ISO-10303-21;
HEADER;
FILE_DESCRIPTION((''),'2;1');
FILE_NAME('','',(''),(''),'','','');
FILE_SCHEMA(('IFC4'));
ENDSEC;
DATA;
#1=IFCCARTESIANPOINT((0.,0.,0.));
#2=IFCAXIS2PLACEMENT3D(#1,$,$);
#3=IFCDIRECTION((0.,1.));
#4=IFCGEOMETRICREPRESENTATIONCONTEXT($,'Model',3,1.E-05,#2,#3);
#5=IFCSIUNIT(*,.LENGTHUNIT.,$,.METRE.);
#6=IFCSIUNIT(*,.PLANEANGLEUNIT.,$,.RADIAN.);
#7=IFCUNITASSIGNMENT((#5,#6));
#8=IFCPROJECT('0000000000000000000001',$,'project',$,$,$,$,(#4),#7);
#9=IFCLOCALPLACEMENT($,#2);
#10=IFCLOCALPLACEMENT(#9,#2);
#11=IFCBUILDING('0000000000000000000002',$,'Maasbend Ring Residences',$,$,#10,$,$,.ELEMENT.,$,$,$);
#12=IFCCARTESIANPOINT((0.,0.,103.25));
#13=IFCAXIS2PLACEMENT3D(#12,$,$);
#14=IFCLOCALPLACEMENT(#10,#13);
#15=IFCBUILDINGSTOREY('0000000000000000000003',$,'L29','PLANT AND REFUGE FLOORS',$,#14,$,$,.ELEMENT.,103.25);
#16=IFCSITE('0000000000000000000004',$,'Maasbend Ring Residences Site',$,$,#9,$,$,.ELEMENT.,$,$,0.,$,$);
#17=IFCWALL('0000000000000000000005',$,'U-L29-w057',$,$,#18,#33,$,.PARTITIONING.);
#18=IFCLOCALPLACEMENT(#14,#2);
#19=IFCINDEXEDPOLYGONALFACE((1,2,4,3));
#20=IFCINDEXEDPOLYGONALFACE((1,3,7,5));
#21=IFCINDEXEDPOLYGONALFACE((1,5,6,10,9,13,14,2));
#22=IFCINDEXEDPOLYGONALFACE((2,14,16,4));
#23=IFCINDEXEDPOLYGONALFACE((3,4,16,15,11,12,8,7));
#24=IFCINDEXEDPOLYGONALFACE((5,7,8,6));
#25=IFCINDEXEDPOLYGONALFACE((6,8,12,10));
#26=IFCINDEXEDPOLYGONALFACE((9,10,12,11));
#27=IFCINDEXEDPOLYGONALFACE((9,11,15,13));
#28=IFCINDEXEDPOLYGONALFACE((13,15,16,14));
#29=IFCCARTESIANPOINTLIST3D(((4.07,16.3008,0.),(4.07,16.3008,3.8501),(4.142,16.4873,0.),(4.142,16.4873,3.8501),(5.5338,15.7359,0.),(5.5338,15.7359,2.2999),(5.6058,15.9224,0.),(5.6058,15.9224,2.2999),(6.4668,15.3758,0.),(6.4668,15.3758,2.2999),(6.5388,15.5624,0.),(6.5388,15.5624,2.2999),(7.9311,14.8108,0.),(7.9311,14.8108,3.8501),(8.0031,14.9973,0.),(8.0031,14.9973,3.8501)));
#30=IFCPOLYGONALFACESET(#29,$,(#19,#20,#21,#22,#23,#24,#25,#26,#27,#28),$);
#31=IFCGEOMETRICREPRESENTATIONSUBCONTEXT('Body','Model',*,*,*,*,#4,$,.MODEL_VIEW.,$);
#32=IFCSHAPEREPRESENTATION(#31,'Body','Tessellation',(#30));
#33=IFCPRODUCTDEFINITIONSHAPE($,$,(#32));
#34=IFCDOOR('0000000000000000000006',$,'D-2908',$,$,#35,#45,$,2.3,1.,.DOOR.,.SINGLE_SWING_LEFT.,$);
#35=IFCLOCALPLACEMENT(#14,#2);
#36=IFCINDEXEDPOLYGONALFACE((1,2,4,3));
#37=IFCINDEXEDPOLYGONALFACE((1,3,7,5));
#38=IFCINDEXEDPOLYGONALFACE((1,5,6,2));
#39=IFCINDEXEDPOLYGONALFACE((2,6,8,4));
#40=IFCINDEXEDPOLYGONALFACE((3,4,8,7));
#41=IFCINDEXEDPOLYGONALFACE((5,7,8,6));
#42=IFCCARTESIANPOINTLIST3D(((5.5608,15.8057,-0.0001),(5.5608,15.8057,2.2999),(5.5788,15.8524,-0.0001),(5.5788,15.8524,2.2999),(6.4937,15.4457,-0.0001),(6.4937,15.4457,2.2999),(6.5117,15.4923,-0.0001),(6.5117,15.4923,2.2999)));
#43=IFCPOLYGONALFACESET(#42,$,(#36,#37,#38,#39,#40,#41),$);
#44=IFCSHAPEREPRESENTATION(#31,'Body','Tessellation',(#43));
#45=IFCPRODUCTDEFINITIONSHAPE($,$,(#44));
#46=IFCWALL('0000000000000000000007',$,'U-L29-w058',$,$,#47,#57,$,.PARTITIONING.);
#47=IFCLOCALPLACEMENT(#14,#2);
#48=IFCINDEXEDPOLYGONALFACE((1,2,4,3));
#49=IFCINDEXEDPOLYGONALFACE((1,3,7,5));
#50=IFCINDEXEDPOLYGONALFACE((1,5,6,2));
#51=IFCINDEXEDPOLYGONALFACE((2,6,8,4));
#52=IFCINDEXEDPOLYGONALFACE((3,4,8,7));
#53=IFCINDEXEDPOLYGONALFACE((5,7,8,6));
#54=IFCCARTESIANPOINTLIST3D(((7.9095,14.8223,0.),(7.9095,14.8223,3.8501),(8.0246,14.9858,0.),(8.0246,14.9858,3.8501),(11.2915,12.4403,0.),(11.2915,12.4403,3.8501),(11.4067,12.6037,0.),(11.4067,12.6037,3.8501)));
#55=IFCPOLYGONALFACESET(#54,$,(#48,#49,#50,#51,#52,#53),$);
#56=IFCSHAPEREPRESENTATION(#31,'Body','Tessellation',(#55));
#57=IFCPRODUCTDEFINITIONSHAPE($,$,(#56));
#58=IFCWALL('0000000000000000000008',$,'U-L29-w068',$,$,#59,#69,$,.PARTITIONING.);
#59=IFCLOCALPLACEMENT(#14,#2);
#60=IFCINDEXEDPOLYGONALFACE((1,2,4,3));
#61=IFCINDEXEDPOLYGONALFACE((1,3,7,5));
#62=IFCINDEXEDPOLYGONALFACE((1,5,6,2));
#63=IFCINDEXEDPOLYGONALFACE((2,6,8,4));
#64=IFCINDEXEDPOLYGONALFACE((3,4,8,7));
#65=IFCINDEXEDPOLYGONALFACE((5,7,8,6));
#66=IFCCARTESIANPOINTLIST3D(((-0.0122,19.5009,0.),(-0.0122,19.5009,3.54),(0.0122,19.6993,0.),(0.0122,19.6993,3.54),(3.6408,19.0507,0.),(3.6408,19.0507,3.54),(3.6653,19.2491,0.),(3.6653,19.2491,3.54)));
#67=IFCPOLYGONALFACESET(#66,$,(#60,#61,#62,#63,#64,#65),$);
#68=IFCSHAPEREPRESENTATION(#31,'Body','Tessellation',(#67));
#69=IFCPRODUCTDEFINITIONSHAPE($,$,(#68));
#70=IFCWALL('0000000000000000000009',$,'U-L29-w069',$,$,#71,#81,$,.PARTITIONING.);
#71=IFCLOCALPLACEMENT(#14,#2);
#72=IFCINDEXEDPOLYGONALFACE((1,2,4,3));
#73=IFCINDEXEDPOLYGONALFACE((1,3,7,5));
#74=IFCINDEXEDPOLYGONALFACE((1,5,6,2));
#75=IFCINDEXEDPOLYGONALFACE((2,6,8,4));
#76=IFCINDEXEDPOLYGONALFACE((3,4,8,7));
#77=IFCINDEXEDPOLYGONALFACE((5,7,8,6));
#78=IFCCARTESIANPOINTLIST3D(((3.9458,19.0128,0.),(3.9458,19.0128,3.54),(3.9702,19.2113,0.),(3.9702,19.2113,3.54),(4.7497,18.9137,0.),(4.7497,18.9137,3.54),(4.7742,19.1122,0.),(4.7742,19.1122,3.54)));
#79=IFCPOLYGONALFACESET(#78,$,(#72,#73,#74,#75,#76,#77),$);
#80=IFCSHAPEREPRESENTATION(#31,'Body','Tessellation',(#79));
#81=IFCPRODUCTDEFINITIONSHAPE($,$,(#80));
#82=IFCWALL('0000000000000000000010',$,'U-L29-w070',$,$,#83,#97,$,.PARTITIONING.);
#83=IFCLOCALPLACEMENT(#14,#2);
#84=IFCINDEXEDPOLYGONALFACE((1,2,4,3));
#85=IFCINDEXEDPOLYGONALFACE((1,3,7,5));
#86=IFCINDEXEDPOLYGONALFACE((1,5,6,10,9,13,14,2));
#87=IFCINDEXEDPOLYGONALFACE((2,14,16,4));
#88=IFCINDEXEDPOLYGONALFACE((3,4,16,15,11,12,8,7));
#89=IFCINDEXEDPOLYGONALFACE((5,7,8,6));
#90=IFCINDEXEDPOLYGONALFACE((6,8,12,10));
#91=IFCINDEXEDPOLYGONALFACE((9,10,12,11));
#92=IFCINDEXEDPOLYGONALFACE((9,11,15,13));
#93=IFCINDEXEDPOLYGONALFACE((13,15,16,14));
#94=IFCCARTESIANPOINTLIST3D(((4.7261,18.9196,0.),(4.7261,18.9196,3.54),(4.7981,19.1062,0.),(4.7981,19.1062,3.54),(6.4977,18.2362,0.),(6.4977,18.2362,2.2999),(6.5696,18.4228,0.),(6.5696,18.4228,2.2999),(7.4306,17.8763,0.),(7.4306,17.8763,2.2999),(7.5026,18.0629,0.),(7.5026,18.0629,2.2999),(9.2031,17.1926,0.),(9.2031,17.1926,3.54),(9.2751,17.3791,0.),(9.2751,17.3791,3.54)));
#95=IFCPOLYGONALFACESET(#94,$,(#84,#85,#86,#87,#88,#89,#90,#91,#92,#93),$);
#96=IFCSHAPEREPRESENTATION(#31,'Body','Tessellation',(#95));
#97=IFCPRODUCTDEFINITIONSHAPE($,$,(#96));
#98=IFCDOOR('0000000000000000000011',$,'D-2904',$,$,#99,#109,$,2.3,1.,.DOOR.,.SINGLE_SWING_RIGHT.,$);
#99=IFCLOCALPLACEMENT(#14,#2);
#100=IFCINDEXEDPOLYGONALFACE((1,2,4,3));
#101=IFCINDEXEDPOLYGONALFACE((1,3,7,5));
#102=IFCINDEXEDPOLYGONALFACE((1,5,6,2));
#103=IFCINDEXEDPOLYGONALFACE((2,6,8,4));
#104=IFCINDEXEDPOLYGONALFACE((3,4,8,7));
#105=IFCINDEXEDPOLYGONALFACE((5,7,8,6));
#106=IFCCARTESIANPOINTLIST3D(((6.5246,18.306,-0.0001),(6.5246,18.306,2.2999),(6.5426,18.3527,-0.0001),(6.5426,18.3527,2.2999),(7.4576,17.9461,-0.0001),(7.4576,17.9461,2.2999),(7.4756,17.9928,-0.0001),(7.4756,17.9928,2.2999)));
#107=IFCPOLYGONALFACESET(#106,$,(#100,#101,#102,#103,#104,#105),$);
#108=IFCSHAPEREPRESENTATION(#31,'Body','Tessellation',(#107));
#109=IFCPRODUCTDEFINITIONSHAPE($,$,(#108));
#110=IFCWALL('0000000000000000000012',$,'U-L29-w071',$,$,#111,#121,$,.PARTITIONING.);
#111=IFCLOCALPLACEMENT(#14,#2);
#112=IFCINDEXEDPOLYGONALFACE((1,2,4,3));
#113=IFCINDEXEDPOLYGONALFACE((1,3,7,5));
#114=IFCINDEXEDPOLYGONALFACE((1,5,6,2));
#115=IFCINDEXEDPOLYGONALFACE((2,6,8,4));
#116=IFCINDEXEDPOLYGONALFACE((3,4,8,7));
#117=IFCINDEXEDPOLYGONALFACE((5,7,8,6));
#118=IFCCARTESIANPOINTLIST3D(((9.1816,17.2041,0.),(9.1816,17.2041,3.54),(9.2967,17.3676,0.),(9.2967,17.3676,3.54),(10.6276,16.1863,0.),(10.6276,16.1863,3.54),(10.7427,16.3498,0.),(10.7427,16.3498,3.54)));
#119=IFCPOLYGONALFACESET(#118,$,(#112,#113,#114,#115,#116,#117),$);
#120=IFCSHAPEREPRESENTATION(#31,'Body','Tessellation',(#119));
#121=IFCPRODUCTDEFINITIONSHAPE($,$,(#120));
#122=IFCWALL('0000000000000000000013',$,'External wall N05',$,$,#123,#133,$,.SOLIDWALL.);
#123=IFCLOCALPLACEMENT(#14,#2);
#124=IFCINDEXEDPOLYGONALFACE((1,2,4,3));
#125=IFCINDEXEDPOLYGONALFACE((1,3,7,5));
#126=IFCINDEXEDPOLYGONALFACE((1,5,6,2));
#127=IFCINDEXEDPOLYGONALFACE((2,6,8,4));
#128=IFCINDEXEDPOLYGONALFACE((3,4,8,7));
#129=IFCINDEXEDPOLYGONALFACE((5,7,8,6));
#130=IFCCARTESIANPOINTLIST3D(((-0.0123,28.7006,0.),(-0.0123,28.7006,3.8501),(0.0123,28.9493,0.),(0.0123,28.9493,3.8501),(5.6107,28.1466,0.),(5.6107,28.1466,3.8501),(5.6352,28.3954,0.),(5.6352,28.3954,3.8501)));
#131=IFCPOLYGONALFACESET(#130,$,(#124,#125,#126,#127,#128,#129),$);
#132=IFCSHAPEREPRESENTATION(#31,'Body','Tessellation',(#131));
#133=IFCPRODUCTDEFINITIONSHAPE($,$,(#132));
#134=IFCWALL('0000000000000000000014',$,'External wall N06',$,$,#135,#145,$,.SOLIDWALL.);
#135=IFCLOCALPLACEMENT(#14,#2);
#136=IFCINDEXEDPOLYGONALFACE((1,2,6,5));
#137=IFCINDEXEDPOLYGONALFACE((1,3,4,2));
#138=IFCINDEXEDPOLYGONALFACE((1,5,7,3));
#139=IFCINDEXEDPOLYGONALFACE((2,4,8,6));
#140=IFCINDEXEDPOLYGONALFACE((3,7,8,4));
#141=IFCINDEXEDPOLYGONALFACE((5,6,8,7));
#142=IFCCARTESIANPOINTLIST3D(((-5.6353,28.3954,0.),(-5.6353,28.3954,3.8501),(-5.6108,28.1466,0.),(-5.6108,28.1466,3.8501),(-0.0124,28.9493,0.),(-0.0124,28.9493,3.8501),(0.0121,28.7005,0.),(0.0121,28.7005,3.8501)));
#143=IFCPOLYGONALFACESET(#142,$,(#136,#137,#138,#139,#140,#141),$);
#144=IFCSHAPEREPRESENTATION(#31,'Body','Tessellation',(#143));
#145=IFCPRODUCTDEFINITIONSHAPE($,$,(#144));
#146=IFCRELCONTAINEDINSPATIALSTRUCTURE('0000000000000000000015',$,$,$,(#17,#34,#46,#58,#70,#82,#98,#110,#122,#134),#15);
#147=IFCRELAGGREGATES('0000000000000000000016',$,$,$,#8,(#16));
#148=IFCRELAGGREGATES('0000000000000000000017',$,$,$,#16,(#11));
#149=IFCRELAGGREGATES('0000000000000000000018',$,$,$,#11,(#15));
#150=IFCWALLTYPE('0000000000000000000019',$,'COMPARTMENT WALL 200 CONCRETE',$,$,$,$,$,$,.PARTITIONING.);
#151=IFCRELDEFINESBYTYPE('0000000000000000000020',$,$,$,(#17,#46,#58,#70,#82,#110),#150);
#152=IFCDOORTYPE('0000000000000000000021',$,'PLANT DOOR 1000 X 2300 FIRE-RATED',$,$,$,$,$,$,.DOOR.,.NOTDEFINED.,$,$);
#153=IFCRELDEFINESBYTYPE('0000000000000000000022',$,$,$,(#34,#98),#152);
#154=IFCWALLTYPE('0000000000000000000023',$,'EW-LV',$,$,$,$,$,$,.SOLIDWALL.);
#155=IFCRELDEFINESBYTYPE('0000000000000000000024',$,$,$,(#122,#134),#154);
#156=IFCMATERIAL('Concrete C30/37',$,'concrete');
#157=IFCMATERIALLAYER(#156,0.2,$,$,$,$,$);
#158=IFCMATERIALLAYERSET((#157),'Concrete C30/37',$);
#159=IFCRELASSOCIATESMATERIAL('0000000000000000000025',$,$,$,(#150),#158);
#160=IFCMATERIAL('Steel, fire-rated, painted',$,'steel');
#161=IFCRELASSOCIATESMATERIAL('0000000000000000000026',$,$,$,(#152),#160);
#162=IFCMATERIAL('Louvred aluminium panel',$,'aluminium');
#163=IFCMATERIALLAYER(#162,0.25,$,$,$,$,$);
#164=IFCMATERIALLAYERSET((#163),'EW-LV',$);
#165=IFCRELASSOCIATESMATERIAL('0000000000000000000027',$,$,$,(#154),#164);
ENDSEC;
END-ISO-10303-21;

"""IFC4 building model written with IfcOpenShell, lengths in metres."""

from ifc_helpers import new_model, si_unit, direction, frame, frame_2d, origin, place, context, subcontext, project, spatial, rectangle, extrude, material, layer, layer_set, type_object, element, fill, save


model = new_model("IFC4")

# Units and contexts
model_context = context("Model", 3, precision=1e-05, world=origin(), true_north=direction((0.0, 1.0)))
body_context = subcontext(model_context, "Body", "Model", "MODEL_VIEW")
ifc_project = project(units=[si_unit("LENGTHUNIT", "METRE"), si_unit("PLANEANGLEUNIT", "RADIAN")], contexts=[model_context])

# Site, building, storey
site_placement = place(None, origin())
site = spatial("IfcSite", under=ifc_project, at=site_placement, Name="Maasbend Ring Residences Site", CompositionType="ELEMENT", RefElevation=0.0)
building_placement = place(site_placement, origin())
building = spatial("IfcBuilding", under=site, at=building_placement, Name="Maasbend Ring Residences", CompositionType="ELEMENT")
storey_placement = place(building_placement, frame((0.0, 0.0, 103.25)))
storey = spatial("IfcBuildingStorey", under=building, at=storey_placement, Name="L29", Description="PLANT AND REFUGE FLOORS", CompositionType="ELEMENT", Elevation=103.25)

# Shared definitions
ifc_material_1 = material(Name="Concrete C30/37", Category="concrete")
ifc_layer_1 = layer(ifc_material_1, 0.2)
ifc_layer_set_1 = layer_set([ifc_layer_1], Name="Concrete C30/37")
wall_type_1 = type_object("IfcWallType", Name="COMPARTMENT WALL 200 CONCRETE", PredefinedType="PARTITIONING", material=ifc_layer_set_1)

# Wall, opening, door
wall_1_placement = place(storey_placement, frame((4.106, 16.394, 0.0), z_axis=(0.0, 0.0, 1.0), x_axis=(0.932944, -0.360022, 0.0)))
wall_1 = element("IfcWall", 1, at=wall_1_placement, inside=storey, type_object=wall_type_1, Name="U-L29-w057", PredefinedType="PARTITIONING", context=body_context, shape_type="SweptSolid", body=[
    extrude(rectangle(XDim=4.1387, YDim=0.2, at=frame_2d((2.0693, 0.0))), origin(), (0.0, 0.0, 1.0), 3.8501),
])
opening_1_placement = place(wall_1_placement, frame((1.5691, 0.0, 0.0)))
opening_1 = element("IfcOpeningElement", 2, at=opening_1_placement, cuts=wall_1, PredefinedType="OPENING", context=body_context, shape_type="SweptSolid", body=[
    extrude(rectangle(XDim=1.0, YDim=2.3, at=frame_2d((0.5, 1.1499))), frame((0.0, 0.1099, 0.0), z_axis=(0.0, -1.0, 0.0), x_axis=(1.0, 0.0, 0.0)), (0.0, 0.0, 1.0), 0.22),
])
ifc_material_2 = material(Name="Steel, fire-rated, painted", Category="steel")
door_type = type_object("IfcDoorType", Name="PLANT DOOR 1000 X 2300 FIRE-RATED", OperationType="NOTDEFINED", PredefinedType="DOOR", material=ifc_material_2)
door_1_placement = place(opening_1_placement, origin())
door_1 = element("IfcDoor", 3, at=door_1_placement, inside=storey, type_object=door_type, Name="D-2908", OperationType="SINGLE_SWING_LEFT", OverallHeight=2.3, OverallWidth=1.0, PredefinedType="DOOR", context=body_context, shape_type="SweptSolid", body=[
    extrude(rectangle(XDim=1.0, YDim=2.3, at=frame_2d((0.5, 1.1499))), frame((0.0, 0.0249, 0.0), z_axis=(0.0, -1.0, 0.0), x_axis=(1.0, 0.0, 0.0)), (0.0, 0.0, 1.0), 0.05),
])
fill(opening_1, door_1)

# Walls
wall_2_placement = place(storey_placement, frame((7.967, 14.9041, 0.0), z_axis=(0.0, 0.0, 1.0), x_axis=(0.817568, -0.575833, 0.0)))
element("IfcWall", 4, at=wall_2_placement, inside=storey, type_object=wall_type_1, Name="U-L29-w058", PredefinedType="PARTITIONING", context=body_context, shape_type="SweptSolid", body=[
    extrude(rectangle(XDim=4.1367, YDim=0.2, at=frame_2d((2.0684, 0.0))), origin(), (0.0, 0.0, 1.0), 3.8501),
])
wall_3_placement = place(storey_placement, frame((0.0, 19.6001, 0.0), z_axis=(0.0, 0.0, 1.0), x_axis=(0.992492, -0.122312, 0.0)))
element("IfcWall", 5, at=wall_3_placement, inside=storey, type_object=wall_type_1, Name="U-L29-w068", PredefinedType="PARTITIONING", context=body_context, shape_type="SweptSolid", body=[
    extrude(rectangle(XDim=3.6807, YDim=0.2, at=frame_2d((1.8403, 0.0))), origin(), (0.0, 0.0, 1.0), 3.54),
])
wall_4_placement = place(storey_placement, frame((3.958, 19.1121, 0.0), z_axis=(0.0, 0.0, 1.0), x_axis=(0.992485, -0.122365, 0.0)))
element("IfcWall", 6, at=wall_4_placement, inside=storey, type_object=wall_type_1, Name="U-L29-w069", PredefinedType="PARTITIONING", context=body_context, shape_type="SweptSolid", body=[
    extrude(rectangle(XDim=0.8101, YDim=0.2, at=frame_2d((0.405, 0.0))), origin(), (0.0, 0.0, 1.0), 3.54),
])

# Wall, opening, door
wall_5_placement = place(storey_placement, frame((4.762, 19.0129, 0.0), z_axis=(0.0, 0.0, 1.0), x_axis=(0.932988, -0.359906, 0.0)))
wall_5 = element("IfcWall", 7, at=wall_5_placement, inside=storey, type_object=wall_type_1, Name="U-L29-w070", PredefinedType="PARTITIONING", context=body_context, shape_type="SweptSolid", body=[
    extrude(rectangle(XDim=4.7986, YDim=0.2, at=frame_2d((2.3994, 0.0))), origin(), (0.0, 0.0, 1.0), 3.54),
])
opening_2_placement = place(wall_5_placement, frame((1.8989, 0.0, 0.0)))
opening_2 = element("IfcOpeningElement", 8, at=opening_2_placement, cuts=wall_5, PredefinedType="OPENING", context=body_context, shape_type="SweptSolid", body=[
    extrude(rectangle(XDim=1.0, YDim=2.3, at=frame_2d((0.5, 1.1499))), frame((0.0, 0.1099, 0.0), z_axis=(0.0, -1.0, 0.0), x_axis=(1.0, 0.0, 0.0)), (0.0, 0.0, 1.0), 0.22),
])
door_2_placement = place(opening_2_placement, origin())
door_2 = element("IfcDoor", 9, at=door_2_placement, inside=storey, type_object=door_type, Name="D-2904", OperationType="SINGLE_SWING_RIGHT", OverallHeight=2.3, OverallWidth=1.0, PredefinedType="DOOR", context=body_context, shape_type="SweptSolid", body=[
    extrude(rectangle(XDim=1.0, YDim=2.3, at=frame_2d((0.5, 1.1499))), frame((0.0, 0.0249, 0.0), z_axis=(0.0, -1.0, 0.0), x_axis=(1.0, 0.0, 0.0)), (0.0, 0.0, 1.0), 0.05),
])
fill(opening_2, door_2)

# Walls
wall_6_placement = place(storey_placement, frame((9.239, 17.2859, 0.0), z_axis=(0.0, 0.0, 1.0), x_axis=(0.817744, -0.575582, 0.0)))
element("IfcWall", 10, at=wall_6_placement, inside=storey, type_object=wall_type_1, Name="U-L29-w071", PredefinedType="PARTITIONING", context=body_context, shape_type="SweptSolid", body=[
    extrude(rectangle(XDim=1.7683, YDim=0.2, at=frame_2d((0.8843, 0.0))), origin(), (0.0, 0.0, 1.0), 3.54),
])
ifc_material_3 = material(Name="Louvred aluminium panel", Category="aluminium")
ifc_layer_2 = layer(ifc_material_3, 0.25)
ifc_layer_set_2 = layer_set([ifc_layer_2], Name="EW-LV")
wall_type_2 = type_object("IfcWallType", Name="EW-LV", PredefinedType="SOLIDWALL", material=ifc_layer_set_2)
for number, where, z_axis, x_axis, name in (
    (11, (5.623, 28.271, 0.0), (0.0, 0.0, 1.0), (-0.995182, 0.098041, 0.0), "External wall N05"),
    (12, (0.0, 28.825, 0.0), (0.0, 0.0, 1.0), (-0.995182, -0.098041, 0.0), "External wall N06"),
):
    element("IfcWall", number, at=place(storey_placement, frame(where, z_axis=z_axis, x_axis=x_axis)), inside=storey, type_object=wall_type_2, Name=name, PredefinedType="SOLIDWALL", context=body_context, shape_type="SweptSolid", body=[
        extrude(rectangle(XDim=5.6501, YDim=0.25, at=frame_2d((2.8252, 0.0))), origin(), (0.0, 0.0, 1.0), 3.8501),
    ])

save(model, "model.ifc")
